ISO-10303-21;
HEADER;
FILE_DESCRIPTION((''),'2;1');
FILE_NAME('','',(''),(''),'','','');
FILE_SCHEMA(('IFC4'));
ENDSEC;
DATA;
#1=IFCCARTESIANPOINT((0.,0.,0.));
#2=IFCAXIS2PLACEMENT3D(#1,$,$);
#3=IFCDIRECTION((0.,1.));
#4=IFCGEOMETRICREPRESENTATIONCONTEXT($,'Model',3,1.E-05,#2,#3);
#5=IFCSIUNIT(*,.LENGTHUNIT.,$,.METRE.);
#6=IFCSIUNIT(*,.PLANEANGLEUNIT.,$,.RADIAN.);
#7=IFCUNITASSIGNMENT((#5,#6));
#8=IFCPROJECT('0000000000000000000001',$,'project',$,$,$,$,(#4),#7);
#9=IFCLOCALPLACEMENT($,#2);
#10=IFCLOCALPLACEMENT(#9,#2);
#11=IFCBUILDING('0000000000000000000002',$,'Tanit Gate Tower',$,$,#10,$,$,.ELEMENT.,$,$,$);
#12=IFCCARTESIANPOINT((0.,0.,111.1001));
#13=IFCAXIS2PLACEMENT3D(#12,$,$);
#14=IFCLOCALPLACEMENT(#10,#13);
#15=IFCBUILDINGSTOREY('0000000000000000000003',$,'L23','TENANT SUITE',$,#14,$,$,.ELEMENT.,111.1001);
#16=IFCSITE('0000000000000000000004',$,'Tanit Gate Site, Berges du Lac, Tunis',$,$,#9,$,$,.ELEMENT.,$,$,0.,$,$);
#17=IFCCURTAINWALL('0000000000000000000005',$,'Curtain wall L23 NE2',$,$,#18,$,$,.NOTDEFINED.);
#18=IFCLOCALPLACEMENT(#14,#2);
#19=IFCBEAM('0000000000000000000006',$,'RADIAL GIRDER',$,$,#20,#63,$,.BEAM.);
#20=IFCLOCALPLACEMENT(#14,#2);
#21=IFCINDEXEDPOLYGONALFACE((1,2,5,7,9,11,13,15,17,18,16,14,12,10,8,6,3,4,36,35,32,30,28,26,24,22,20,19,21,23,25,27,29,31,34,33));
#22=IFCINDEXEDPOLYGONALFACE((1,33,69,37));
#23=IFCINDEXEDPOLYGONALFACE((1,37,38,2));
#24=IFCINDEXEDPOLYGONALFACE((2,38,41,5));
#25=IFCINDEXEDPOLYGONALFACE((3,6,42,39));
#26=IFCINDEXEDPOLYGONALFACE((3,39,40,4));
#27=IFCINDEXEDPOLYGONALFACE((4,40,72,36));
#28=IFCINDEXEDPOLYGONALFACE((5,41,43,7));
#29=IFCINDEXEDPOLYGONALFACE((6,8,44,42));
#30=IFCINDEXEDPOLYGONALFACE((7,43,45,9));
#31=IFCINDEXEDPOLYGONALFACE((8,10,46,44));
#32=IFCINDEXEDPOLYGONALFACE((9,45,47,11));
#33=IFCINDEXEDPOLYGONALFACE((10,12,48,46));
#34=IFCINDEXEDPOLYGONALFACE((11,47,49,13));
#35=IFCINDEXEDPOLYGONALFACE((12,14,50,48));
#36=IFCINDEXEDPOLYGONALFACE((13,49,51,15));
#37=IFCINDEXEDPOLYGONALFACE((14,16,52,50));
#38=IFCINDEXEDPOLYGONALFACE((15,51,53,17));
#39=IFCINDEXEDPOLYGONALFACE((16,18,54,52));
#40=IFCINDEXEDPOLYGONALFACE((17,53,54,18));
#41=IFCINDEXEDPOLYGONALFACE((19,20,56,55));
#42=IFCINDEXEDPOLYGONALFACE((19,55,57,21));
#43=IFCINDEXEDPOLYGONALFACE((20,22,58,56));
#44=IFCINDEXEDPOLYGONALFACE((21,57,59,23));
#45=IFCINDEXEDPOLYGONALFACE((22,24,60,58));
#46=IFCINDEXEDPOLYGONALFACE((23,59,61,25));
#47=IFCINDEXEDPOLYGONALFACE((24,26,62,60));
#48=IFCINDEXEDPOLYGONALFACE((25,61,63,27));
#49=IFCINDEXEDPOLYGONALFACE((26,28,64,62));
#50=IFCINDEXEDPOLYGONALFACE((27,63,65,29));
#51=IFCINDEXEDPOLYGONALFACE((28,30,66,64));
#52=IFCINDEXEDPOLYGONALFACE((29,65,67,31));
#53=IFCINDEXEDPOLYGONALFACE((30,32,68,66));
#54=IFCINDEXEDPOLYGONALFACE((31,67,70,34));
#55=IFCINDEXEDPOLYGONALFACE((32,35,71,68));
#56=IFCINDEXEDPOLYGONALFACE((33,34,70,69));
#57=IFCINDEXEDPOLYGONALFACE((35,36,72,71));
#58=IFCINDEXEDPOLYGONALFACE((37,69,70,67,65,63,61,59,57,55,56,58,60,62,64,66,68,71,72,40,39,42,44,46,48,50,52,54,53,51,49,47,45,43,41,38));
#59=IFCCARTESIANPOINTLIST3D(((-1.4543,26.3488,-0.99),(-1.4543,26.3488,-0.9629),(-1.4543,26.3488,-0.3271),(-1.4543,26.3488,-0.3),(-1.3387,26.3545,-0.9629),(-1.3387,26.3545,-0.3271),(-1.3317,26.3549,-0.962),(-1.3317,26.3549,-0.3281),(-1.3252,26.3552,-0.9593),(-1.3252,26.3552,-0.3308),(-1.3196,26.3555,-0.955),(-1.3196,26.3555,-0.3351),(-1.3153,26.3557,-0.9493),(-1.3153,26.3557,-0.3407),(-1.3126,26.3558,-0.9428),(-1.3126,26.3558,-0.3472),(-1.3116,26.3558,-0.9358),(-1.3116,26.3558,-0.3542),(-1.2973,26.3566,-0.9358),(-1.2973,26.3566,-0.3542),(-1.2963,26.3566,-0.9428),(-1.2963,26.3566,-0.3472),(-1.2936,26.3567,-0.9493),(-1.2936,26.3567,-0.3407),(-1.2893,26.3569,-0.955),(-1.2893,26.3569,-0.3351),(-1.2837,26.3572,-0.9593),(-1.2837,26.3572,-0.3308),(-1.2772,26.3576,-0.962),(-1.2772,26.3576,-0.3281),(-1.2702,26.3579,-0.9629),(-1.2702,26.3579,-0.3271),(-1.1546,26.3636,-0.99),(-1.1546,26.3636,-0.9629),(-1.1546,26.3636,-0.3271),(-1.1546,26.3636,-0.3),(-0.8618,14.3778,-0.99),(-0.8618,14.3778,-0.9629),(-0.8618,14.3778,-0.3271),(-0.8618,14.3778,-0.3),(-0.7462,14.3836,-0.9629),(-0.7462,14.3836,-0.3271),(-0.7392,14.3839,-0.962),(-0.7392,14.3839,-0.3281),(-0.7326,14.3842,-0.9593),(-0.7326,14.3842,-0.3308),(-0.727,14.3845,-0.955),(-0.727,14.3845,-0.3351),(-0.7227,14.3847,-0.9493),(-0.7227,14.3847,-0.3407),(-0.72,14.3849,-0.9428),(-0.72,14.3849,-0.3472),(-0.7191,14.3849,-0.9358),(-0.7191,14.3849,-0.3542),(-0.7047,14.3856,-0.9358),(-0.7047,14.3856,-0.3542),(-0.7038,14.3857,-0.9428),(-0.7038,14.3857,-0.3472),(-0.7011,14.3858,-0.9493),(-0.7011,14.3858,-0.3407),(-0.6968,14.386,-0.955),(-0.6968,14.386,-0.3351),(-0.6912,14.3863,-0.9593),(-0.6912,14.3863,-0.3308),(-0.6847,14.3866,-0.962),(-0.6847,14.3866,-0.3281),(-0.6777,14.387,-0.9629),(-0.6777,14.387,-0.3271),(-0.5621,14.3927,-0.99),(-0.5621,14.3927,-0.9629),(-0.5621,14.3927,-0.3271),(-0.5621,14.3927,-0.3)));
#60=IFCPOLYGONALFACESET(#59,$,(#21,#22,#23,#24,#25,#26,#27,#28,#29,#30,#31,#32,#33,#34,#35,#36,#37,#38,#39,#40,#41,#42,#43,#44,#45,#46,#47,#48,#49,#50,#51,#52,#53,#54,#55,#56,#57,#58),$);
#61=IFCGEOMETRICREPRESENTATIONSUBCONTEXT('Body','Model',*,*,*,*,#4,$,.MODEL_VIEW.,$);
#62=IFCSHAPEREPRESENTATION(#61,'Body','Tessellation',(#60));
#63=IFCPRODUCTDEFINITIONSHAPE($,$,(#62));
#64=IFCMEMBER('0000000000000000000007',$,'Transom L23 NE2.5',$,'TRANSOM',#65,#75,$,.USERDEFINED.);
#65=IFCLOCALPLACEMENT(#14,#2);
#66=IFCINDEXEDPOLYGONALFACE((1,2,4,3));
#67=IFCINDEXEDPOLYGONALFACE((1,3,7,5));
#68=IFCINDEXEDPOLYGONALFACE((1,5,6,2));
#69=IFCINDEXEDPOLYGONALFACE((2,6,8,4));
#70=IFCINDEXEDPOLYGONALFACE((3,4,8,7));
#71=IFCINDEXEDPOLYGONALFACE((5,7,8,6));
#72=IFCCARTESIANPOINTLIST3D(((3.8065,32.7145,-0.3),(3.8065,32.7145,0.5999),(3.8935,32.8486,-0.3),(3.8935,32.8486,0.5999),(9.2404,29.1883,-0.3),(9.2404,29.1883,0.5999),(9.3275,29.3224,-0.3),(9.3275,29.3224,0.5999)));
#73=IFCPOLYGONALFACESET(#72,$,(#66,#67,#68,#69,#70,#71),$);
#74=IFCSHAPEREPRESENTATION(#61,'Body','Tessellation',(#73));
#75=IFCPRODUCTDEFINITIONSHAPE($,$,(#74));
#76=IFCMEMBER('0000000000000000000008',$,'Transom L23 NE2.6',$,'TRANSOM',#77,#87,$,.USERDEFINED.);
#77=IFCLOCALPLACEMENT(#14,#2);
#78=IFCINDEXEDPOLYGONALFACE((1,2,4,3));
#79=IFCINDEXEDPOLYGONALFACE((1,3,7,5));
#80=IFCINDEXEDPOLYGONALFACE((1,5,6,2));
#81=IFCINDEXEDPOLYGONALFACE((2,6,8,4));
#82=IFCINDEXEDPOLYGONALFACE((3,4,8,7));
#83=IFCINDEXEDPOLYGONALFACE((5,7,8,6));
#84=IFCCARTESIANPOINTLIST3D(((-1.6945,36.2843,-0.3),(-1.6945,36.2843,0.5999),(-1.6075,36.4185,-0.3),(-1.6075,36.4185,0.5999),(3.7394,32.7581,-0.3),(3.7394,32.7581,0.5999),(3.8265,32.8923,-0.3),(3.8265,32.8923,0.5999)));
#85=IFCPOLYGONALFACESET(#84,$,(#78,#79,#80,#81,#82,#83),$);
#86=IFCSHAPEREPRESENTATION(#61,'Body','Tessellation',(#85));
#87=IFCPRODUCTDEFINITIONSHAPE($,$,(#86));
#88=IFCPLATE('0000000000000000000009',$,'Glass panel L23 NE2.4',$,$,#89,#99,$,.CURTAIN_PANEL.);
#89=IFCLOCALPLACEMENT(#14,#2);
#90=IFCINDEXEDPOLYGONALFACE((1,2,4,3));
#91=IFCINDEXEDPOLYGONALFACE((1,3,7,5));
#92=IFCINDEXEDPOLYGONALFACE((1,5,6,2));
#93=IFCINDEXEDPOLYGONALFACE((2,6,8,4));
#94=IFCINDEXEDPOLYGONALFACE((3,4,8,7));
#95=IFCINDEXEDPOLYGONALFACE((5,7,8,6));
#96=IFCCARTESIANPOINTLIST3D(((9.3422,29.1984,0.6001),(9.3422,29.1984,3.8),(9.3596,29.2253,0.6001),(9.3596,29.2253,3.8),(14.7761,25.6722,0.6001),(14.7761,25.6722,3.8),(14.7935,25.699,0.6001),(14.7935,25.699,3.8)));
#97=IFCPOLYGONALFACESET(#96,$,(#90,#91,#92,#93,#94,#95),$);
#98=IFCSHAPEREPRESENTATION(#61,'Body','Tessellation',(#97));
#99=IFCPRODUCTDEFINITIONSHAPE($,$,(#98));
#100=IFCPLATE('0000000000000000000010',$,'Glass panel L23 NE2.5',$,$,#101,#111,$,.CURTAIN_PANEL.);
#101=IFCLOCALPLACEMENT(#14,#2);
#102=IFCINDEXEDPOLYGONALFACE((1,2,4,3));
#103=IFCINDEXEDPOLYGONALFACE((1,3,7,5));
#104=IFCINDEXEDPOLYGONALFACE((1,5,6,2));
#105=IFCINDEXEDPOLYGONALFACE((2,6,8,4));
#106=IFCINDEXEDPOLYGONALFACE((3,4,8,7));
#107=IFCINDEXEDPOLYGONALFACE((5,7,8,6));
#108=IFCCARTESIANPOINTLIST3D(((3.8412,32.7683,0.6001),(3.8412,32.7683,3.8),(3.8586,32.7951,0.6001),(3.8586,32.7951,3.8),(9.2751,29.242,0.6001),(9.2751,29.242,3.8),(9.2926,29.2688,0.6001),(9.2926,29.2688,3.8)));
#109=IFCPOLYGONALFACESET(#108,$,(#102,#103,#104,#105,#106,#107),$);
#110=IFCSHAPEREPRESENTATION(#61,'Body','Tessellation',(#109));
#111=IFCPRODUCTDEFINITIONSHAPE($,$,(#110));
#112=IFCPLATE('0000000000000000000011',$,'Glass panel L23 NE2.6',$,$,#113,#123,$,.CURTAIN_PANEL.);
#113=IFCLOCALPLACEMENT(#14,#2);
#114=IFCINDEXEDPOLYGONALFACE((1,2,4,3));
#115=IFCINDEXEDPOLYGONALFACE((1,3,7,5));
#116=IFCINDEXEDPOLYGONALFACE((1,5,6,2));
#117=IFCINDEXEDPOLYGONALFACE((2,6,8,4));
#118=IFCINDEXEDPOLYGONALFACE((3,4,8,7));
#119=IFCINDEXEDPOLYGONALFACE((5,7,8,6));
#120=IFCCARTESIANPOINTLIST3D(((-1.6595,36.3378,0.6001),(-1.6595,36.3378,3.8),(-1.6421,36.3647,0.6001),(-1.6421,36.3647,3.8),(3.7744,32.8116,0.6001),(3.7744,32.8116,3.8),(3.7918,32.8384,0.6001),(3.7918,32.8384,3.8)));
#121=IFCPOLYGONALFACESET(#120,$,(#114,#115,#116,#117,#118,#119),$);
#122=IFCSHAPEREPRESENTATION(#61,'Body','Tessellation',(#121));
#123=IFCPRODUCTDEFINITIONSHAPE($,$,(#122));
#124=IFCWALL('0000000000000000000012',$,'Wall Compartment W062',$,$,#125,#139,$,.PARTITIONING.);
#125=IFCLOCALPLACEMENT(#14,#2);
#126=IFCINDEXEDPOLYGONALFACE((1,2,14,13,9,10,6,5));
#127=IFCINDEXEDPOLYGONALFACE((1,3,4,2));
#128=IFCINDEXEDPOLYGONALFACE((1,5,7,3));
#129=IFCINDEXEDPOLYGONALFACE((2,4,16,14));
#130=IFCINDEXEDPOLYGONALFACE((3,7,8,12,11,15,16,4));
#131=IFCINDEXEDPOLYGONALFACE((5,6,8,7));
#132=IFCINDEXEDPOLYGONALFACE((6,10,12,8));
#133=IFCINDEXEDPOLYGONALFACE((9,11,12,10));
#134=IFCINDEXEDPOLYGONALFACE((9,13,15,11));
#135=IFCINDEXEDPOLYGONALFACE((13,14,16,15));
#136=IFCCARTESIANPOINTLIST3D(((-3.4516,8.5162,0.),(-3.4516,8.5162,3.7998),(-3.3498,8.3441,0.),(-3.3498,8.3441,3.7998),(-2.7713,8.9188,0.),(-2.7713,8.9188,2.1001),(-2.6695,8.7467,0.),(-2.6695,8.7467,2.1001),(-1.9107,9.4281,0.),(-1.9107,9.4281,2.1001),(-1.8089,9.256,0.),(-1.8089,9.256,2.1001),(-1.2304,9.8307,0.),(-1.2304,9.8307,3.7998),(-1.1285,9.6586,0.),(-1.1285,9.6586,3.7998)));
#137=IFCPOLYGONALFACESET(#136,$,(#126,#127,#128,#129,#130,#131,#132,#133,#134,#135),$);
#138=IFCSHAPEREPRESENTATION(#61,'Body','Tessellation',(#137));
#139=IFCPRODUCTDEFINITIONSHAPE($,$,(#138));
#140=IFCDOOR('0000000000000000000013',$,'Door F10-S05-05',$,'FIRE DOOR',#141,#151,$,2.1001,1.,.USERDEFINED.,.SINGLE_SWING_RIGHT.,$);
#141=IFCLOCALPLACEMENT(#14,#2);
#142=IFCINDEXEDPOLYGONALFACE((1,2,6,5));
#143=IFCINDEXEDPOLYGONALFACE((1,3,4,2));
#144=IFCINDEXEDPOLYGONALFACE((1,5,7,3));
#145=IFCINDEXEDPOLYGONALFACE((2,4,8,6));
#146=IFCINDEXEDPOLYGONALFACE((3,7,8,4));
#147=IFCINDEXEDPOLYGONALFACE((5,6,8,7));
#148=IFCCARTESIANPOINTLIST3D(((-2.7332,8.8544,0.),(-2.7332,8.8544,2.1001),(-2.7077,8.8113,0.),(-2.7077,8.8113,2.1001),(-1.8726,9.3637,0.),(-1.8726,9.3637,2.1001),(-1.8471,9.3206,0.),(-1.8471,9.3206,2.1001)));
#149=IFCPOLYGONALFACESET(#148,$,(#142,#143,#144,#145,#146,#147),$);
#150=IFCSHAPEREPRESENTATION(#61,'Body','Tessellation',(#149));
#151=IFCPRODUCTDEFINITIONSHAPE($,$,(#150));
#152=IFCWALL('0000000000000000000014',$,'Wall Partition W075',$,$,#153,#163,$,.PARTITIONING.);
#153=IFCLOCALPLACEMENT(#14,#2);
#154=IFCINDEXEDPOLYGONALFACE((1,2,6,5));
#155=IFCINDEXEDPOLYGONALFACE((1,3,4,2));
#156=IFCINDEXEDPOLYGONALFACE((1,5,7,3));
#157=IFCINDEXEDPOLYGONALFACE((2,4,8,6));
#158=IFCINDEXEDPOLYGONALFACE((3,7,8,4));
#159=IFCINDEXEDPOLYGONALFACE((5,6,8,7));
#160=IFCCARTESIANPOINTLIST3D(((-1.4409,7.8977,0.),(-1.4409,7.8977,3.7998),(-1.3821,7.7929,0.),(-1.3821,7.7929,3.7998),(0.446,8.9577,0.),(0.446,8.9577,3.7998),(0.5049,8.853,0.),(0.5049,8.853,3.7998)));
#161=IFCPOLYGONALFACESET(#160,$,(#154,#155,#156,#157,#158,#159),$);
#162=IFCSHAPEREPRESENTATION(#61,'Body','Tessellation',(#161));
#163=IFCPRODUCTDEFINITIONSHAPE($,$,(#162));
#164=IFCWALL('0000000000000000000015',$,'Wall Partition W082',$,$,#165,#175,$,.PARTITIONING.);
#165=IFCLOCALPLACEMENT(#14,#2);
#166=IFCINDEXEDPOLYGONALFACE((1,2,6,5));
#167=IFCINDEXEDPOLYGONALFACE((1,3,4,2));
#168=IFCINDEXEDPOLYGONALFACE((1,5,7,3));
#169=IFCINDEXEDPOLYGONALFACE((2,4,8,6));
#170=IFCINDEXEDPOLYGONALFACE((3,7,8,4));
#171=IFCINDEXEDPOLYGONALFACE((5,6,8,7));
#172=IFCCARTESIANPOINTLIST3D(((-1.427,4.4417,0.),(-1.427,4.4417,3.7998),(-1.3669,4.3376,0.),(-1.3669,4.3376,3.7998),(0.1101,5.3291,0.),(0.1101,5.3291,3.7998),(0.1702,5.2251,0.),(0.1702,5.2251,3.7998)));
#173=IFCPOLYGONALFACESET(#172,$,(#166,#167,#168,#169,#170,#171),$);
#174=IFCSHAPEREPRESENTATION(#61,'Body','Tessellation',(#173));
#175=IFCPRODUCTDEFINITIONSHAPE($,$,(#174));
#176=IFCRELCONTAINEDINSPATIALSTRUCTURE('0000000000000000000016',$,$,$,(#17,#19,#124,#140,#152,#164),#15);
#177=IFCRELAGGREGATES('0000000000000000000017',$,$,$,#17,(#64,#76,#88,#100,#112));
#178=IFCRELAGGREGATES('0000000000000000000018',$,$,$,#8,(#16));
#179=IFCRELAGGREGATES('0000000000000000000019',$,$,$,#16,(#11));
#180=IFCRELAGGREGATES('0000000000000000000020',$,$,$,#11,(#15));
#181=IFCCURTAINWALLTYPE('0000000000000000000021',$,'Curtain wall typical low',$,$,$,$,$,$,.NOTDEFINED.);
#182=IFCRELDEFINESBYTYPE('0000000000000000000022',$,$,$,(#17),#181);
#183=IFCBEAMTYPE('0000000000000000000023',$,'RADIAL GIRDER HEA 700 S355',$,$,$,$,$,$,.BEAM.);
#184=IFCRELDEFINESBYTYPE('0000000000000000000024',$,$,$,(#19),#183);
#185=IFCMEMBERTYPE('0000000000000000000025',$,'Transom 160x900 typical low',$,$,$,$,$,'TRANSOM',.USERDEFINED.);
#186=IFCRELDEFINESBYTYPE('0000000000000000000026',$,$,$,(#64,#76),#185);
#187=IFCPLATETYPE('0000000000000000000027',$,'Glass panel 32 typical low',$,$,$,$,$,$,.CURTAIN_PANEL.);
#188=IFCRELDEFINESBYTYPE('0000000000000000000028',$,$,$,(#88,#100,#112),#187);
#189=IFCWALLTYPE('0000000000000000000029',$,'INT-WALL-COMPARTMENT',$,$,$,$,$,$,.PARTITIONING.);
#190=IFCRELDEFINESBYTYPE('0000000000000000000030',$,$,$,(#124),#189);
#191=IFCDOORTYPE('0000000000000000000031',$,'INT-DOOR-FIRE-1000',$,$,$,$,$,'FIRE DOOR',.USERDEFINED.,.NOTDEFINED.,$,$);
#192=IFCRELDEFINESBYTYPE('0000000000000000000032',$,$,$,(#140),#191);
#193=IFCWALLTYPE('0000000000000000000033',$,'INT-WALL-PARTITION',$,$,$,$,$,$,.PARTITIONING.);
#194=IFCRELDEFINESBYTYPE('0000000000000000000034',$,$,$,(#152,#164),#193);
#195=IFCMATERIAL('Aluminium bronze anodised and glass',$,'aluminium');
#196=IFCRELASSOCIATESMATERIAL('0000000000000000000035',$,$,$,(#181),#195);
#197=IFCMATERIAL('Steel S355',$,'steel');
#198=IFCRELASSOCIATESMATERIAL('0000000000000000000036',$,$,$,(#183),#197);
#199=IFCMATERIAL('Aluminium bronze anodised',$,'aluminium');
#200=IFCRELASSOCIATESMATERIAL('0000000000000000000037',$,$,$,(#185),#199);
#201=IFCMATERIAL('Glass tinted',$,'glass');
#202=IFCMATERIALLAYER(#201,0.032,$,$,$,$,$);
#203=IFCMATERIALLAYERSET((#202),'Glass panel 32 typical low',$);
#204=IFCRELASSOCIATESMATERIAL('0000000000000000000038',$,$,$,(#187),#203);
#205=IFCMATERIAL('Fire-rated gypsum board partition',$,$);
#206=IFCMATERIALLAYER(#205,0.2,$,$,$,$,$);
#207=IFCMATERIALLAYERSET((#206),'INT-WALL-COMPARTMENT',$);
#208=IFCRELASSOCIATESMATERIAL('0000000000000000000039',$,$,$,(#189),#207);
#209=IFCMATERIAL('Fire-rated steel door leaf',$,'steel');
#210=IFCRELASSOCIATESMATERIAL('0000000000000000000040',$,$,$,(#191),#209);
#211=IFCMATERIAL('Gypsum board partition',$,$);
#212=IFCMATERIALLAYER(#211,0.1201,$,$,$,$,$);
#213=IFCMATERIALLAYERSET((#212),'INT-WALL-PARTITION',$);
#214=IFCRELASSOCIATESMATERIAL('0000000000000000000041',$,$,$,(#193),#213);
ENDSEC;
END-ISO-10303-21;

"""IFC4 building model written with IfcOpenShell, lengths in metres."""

from ifc_helpers import new_model, si_unit, direction, frame, frame_2d, origin, origin_2d, place, context, subcontext, project, spatial, rectangle, i_section, extrude, material, layer, layer_set, material_profile, profile_set, type_object, element, fill, aggregate, save


model = new_model("IFC4")

# Units and contexts
model_context = context("Model", 3, precision=1e-05, world=origin(), true_north=direction((0.0, 1.0)))
body_context = subcontext(model_context, "Body", "Model", "MODEL_VIEW")
ifc_project = project(units=[si_unit("LENGTHUNIT", "METRE"), si_unit("PLANEANGLEUNIT", "RADIAN")], contexts=[model_context])

# Site, building, storey
site_placement = place(None, origin())
site = spatial("IfcSite", under=ifc_project, at=site_placement, Name="Tanit Gate Site, Berges du Lac, Tunis", CompositionType="ELEMENT", RefElevation=0.0)
building_placement = place(site_placement, origin())
building = spatial("IfcBuilding", under=site, at=building_placement, Name="Tanit Gate Tower", CompositionType="ELEMENT")
storey_placement = place(building_placement, frame((0.0, 0.0, 111.1001)))
storey = spatial("IfcBuildingStorey", under=building, at=storey_placement, Name="L23", Description="TENANT SUITE", CompositionType="ELEMENT", Elevation=111.1001)

# Curtain wall
ifc_material_1 = material(Name="Aluminium bronze anodised and glass", Category="aluminium")
curtain_wall_type = type_object("IfcCurtainWallType", Name="Curtain wall typical low", PredefinedType="NOTDEFINED", material=ifc_material_1)
curtain_wall_placement = place(storey_placement, origin())
curtain_wall = element("IfcCurtainWall", 1, at=curtain_wall_placement, inside=storey, type_object=curtain_wall_type, Name="Curtain wall L23 NE2", PredefinedType="NOTDEFINED")

# Beam
ifc_material_2 = material(Name="Steel S355", Category="steel")
ifc_material_profile_1 = material_profile(ifc_material_2, i_section(OverallWidth=0.3, OverallDepth=0.6899, WebThickness=0.0144, FlangeThickness=0.0271, FilletRadius=0.0271, at=origin_2d()), Name="HEA 700")
ifc_profile_set_1 = profile_set([ifc_material_profile_1], Name="Steel S355")
beam_type = type_object("IfcBeamType", Name="RADIAL GIRDER HEA 700 S355", PredefinedType="BEAM", material=ifc_profile_set_1)
beam_1_placement = place(storey_placement, frame((-1.3044, 26.3562, -0.645), z_axis=(0.049437, -0.998777, 0.0), x_axis=(0.998777, 0.049437, 0.0)))
element("IfcBeam", 2, at=beam_1_placement, inside=storey, type_object=beam_type, Name="RADIAL GIRDER", PredefinedType="BEAM", context=body_context, shape_type="SweptSolid", body=[
    extrude(i_section(OverallWidth=0.3, OverallDepth=0.6899, WebThickness=0.0144, FlangeThickness=0.0271, FilletRadius=0.0271, at=origin_2d()), origin(), (0.0, 0.0, 1.0), 11.9856),
])

# Members
ifc_material_3 = material(Name="Aluminium bronze anodised", Category="aluminium")
ifc_material_profile_2 = material_profile(ifc_material_3, rectangle(XDim=0.1599, YDim=0.8999, at=origin_2d()), Name="160x900 bronze transom")
ifc_profile_set_2 = profile_set([ifc_material_profile_2], Name="Aluminium bronze anodised")
member_type_1 = type_object("IfcMemberType", Name="Transom 160x900 typical low", ElementType="TRANSOM", PredefinedType="USERDEFINED", material=ifc_profile_set_2)
member_1_placement = place(storey_placement, frame((9.2839, 29.2554, 0.1499), z_axis=(-0.838858, 0.544351, 0.0), x_axis=(-0.544351, -0.838858, 0.0)))
member_1 = element("IfcMember", 3, at=member_1_placement, type_object=member_type_1, Name="Transom L23 NE2.5", ObjectType="TRANSOM", PredefinedType="USERDEFINED", context=body_context, shape_type="SweptSolid", body=[
    extrude(rectangle(XDim=0.1599, YDim=0.8999, at=origin_2d()), origin(), (0.0, 0.0, 1.0), 6.4778),
])
member_2_placement = place(storey_placement, frame((3.783, 32.8252, 0.1499), z_axis=(-0.838858, 0.544351, 0.0), x_axis=(-0.544351, -0.838858, 0.0)))
member_2 = element("IfcMember", 4, at=member_2_placement, type_object=member_type_1, Name="Transom L23 NE2.6", ObjectType="TRANSOM", PredefinedType="USERDEFINED", context=body_context, shape_type="SweptSolid", body=[
    extrude(rectangle(XDim=0.1599, YDim=0.8999, at=origin_2d()), origin(), (0.0, 0.0, 1.0), 6.4778),
])

# Plates
ifc_material_4 = material(Name="Glass tinted", Category="glass")
ifc_layer_1 = layer(ifc_material_4, 0.032)
ifc_layer_set_1 = layer_set([ifc_layer_1], Name="Glass panel 32 typical low")
plate_type = type_object("IfcPlateType", Name="Glass panel 32 typical low", PredefinedType="CURTAIN_PANEL", material=ifc_layer_set_1)
plate_1_placement = place(storey_placement, frame((12.0679, 27.4487, 0.6001), z_axis=(0.0, 0.0, 1.0), x_axis=(-0.838852, 0.544359, 0.0)))
plate_1 = element("IfcPlate", 5, at=plate_1_placement, type_object=plate_type, Name="Glass panel L23 NE2.4", PredefinedType="CURTAIN_PANEL", context=body_context, shape_type="SweptSolid", body=[
    extrude(rectangle(XDim=6.4778, YDim=0.032, at=origin_2d()), origin(), (0.0, 0.0, 1.0), 3.2),
])
plate_2_placement = place(storey_placement, frame((6.5669, 31.0186, 0.6001), z_axis=(0.0, 0.0, 1.0), x_axis=(-0.838852, 0.544359, 0.0)))
plate_2 = element("IfcPlate", 6, at=plate_2_placement, type_object=plate_type, Name="Glass panel L23 NE2.5", PredefinedType="CURTAIN_PANEL", context=body_context, shape_type="SweptSolid", body=[
    extrude(rectangle(XDim=6.4778, YDim=0.032, at=origin_2d()), origin(), (0.0, 0.0, 1.0), 3.2),
])
plate_3_placement = place(storey_placement, frame((1.0662, 34.5881, 0.6001), z_axis=(0.0, 0.0, 1.0), x_axis=(-0.838852, 0.544359, 0.0)))
plate_3 = element("IfcPlate", 7, at=plate_3_placement, type_object=plate_type, Name="Glass panel L23 NE2.6", PredefinedType="CURTAIN_PANEL", context=body_context, shape_type="SweptSolid", body=[
    extrude(rectangle(XDim=6.4778, YDim=0.032, at=origin_2d()), origin(), (0.0, 0.0, 1.0), 3.2),
])
aggregate(curtain_wall, [member_1, member_2, plate_1, plate_2, plate_3])

# Wall, opening, door
ifc_material_5 = material(Name="Fire-rated gypsum board partition")
ifc_layer_2 = layer(ifc_material_5, 0.2)
ifc_layer_set_2 = layer_set([ifc_layer_2], Name="INT-WALL-COMPARTMENT")
wall_type_1 = type_object("IfcWallType", Name="INT-WALL-COMPARTMENT", PredefinedType="PARTITIONING", material=ifc_layer_set_2)
wall_1_placement = place(storey_placement, frame((-1.1794, 9.7446, 0.0), z_axis=(0.0, 0.0, 1.0), x_axis=(-0.860599, -0.509284, 0.0)))
wall_1 = element("IfcWall", 8, at=wall_1_placement, inside=storey, type_object=wall_type_1, Name="Wall Compartment W062", PredefinedType="PARTITIONING", context=body_context, shape_type="SweptSolid", body=[
    extrude(rectangle(XDim=2.5811, YDim=0.2, at=frame_2d((1.2905, 0.0))), origin(), (0.0, 0.0, 1.0), 3.7998),
])
opening_placement = place(wall_1_placement, frame((0.7905, 0.0, 0.0)))
opening = element("IfcOpeningElement", 9, at=opening_placement, cuts=wall_1, PredefinedType="OPENING", context=body_context, shape_type="SweptSolid", body=[
    extrude(rectangle(XDim=1.0, YDim=2.1001, at=frame_2d((0.5, 1.05))), frame((0.0, 0.1099, 0.0), z_axis=(0.0, -1.0, 0.0), x_axis=(1.0, 0.0, 0.0)), (0.0, 0.0, 1.0), 0.22),
])
ifc_material_6 = material(Name="Fire-rated steel door leaf", Category="steel")
door_type = type_object("IfcDoorType", Name="INT-DOOR-FIRE-1000", ElementType="FIRE DOOR", OperationType="NOTDEFINED", PredefinedType="USERDEFINED", material=ifc_material_6)
door_placement = place(opening_placement, origin())
door = element("IfcDoor", 10, at=door_placement, inside=storey, type_object=door_type, Name="Door F10-S05-05", ObjectType="FIRE DOOR", OperationType="SINGLE_SWING_RIGHT", OverallHeight=2.1001, OverallWidth=1.0, PredefinedType="USERDEFINED", context=body_context, shape_type="SweptSolid", body=[
    extrude(rectangle(XDim=1.0, YDim=2.1001, at=frame_2d((0.5, 1.05))), frame((0.0, 0.0249, 0.0), z_axis=(0.0, -1.0, 0.0), x_axis=(1.0, 0.0, 0.0)), (0.0, 0.0, 1.0), 0.05),
])
fill(opening, door)

# Walls
ifc_material_7 = material(Name="Gypsum board partition")
ifc_layer_3 = layer(ifc_material_7, 0.1201)
ifc_layer_set_3 = layer_set([ifc_layer_3], Name="INT-WALL-PARTITION")
wall_type_2 = type_object("IfcWallType", Name="INT-WALL-PARTITION", PredefinedType="PARTITIONING", material=ifc_layer_set_3)
wall_2_placement = place(storey_placement, frame((0.4753, 8.9053, 0.0), z_axis=(0.0, 0.0, 1.0), x_axis=(-0.871844, -0.489785, 0.0)))
element("IfcWall", 11, at=wall_2_placement, inside=storey, type_object=wall_type_2, Name="Wall Partition W075", PredefinedType="PARTITIONING", context=body_context, shape_type="SweptSolid", body=[
    extrude(rectangle(XDim=2.1643, YDim=0.1201, at=frame_2d((1.082, 0.0))), origin(), (0.0, 0.0, 1.0), 3.7998),
])
wall_3_placement = place(storey_placement, frame((0.1401, 5.2771, 0.0), z_axis=(0.0, 0.0, 1.0), x_axis=(-0.866025, -0.5, 0.0)))
element("IfcWall", 12, at=wall_3_placement, inside=storey, type_object=wall_type_2, Name="Wall Partition W082", PredefinedType="PARTITIONING", context=body_context, shape_type="SweptSolid", body=[
    extrude(rectangle(XDim=1.7749, YDim=0.1201, at=frame_2d((0.8875, 0.0))), origin(), (0.0, 0.0, 1.0), 3.7998),
])

save(model, "model.ifc")
